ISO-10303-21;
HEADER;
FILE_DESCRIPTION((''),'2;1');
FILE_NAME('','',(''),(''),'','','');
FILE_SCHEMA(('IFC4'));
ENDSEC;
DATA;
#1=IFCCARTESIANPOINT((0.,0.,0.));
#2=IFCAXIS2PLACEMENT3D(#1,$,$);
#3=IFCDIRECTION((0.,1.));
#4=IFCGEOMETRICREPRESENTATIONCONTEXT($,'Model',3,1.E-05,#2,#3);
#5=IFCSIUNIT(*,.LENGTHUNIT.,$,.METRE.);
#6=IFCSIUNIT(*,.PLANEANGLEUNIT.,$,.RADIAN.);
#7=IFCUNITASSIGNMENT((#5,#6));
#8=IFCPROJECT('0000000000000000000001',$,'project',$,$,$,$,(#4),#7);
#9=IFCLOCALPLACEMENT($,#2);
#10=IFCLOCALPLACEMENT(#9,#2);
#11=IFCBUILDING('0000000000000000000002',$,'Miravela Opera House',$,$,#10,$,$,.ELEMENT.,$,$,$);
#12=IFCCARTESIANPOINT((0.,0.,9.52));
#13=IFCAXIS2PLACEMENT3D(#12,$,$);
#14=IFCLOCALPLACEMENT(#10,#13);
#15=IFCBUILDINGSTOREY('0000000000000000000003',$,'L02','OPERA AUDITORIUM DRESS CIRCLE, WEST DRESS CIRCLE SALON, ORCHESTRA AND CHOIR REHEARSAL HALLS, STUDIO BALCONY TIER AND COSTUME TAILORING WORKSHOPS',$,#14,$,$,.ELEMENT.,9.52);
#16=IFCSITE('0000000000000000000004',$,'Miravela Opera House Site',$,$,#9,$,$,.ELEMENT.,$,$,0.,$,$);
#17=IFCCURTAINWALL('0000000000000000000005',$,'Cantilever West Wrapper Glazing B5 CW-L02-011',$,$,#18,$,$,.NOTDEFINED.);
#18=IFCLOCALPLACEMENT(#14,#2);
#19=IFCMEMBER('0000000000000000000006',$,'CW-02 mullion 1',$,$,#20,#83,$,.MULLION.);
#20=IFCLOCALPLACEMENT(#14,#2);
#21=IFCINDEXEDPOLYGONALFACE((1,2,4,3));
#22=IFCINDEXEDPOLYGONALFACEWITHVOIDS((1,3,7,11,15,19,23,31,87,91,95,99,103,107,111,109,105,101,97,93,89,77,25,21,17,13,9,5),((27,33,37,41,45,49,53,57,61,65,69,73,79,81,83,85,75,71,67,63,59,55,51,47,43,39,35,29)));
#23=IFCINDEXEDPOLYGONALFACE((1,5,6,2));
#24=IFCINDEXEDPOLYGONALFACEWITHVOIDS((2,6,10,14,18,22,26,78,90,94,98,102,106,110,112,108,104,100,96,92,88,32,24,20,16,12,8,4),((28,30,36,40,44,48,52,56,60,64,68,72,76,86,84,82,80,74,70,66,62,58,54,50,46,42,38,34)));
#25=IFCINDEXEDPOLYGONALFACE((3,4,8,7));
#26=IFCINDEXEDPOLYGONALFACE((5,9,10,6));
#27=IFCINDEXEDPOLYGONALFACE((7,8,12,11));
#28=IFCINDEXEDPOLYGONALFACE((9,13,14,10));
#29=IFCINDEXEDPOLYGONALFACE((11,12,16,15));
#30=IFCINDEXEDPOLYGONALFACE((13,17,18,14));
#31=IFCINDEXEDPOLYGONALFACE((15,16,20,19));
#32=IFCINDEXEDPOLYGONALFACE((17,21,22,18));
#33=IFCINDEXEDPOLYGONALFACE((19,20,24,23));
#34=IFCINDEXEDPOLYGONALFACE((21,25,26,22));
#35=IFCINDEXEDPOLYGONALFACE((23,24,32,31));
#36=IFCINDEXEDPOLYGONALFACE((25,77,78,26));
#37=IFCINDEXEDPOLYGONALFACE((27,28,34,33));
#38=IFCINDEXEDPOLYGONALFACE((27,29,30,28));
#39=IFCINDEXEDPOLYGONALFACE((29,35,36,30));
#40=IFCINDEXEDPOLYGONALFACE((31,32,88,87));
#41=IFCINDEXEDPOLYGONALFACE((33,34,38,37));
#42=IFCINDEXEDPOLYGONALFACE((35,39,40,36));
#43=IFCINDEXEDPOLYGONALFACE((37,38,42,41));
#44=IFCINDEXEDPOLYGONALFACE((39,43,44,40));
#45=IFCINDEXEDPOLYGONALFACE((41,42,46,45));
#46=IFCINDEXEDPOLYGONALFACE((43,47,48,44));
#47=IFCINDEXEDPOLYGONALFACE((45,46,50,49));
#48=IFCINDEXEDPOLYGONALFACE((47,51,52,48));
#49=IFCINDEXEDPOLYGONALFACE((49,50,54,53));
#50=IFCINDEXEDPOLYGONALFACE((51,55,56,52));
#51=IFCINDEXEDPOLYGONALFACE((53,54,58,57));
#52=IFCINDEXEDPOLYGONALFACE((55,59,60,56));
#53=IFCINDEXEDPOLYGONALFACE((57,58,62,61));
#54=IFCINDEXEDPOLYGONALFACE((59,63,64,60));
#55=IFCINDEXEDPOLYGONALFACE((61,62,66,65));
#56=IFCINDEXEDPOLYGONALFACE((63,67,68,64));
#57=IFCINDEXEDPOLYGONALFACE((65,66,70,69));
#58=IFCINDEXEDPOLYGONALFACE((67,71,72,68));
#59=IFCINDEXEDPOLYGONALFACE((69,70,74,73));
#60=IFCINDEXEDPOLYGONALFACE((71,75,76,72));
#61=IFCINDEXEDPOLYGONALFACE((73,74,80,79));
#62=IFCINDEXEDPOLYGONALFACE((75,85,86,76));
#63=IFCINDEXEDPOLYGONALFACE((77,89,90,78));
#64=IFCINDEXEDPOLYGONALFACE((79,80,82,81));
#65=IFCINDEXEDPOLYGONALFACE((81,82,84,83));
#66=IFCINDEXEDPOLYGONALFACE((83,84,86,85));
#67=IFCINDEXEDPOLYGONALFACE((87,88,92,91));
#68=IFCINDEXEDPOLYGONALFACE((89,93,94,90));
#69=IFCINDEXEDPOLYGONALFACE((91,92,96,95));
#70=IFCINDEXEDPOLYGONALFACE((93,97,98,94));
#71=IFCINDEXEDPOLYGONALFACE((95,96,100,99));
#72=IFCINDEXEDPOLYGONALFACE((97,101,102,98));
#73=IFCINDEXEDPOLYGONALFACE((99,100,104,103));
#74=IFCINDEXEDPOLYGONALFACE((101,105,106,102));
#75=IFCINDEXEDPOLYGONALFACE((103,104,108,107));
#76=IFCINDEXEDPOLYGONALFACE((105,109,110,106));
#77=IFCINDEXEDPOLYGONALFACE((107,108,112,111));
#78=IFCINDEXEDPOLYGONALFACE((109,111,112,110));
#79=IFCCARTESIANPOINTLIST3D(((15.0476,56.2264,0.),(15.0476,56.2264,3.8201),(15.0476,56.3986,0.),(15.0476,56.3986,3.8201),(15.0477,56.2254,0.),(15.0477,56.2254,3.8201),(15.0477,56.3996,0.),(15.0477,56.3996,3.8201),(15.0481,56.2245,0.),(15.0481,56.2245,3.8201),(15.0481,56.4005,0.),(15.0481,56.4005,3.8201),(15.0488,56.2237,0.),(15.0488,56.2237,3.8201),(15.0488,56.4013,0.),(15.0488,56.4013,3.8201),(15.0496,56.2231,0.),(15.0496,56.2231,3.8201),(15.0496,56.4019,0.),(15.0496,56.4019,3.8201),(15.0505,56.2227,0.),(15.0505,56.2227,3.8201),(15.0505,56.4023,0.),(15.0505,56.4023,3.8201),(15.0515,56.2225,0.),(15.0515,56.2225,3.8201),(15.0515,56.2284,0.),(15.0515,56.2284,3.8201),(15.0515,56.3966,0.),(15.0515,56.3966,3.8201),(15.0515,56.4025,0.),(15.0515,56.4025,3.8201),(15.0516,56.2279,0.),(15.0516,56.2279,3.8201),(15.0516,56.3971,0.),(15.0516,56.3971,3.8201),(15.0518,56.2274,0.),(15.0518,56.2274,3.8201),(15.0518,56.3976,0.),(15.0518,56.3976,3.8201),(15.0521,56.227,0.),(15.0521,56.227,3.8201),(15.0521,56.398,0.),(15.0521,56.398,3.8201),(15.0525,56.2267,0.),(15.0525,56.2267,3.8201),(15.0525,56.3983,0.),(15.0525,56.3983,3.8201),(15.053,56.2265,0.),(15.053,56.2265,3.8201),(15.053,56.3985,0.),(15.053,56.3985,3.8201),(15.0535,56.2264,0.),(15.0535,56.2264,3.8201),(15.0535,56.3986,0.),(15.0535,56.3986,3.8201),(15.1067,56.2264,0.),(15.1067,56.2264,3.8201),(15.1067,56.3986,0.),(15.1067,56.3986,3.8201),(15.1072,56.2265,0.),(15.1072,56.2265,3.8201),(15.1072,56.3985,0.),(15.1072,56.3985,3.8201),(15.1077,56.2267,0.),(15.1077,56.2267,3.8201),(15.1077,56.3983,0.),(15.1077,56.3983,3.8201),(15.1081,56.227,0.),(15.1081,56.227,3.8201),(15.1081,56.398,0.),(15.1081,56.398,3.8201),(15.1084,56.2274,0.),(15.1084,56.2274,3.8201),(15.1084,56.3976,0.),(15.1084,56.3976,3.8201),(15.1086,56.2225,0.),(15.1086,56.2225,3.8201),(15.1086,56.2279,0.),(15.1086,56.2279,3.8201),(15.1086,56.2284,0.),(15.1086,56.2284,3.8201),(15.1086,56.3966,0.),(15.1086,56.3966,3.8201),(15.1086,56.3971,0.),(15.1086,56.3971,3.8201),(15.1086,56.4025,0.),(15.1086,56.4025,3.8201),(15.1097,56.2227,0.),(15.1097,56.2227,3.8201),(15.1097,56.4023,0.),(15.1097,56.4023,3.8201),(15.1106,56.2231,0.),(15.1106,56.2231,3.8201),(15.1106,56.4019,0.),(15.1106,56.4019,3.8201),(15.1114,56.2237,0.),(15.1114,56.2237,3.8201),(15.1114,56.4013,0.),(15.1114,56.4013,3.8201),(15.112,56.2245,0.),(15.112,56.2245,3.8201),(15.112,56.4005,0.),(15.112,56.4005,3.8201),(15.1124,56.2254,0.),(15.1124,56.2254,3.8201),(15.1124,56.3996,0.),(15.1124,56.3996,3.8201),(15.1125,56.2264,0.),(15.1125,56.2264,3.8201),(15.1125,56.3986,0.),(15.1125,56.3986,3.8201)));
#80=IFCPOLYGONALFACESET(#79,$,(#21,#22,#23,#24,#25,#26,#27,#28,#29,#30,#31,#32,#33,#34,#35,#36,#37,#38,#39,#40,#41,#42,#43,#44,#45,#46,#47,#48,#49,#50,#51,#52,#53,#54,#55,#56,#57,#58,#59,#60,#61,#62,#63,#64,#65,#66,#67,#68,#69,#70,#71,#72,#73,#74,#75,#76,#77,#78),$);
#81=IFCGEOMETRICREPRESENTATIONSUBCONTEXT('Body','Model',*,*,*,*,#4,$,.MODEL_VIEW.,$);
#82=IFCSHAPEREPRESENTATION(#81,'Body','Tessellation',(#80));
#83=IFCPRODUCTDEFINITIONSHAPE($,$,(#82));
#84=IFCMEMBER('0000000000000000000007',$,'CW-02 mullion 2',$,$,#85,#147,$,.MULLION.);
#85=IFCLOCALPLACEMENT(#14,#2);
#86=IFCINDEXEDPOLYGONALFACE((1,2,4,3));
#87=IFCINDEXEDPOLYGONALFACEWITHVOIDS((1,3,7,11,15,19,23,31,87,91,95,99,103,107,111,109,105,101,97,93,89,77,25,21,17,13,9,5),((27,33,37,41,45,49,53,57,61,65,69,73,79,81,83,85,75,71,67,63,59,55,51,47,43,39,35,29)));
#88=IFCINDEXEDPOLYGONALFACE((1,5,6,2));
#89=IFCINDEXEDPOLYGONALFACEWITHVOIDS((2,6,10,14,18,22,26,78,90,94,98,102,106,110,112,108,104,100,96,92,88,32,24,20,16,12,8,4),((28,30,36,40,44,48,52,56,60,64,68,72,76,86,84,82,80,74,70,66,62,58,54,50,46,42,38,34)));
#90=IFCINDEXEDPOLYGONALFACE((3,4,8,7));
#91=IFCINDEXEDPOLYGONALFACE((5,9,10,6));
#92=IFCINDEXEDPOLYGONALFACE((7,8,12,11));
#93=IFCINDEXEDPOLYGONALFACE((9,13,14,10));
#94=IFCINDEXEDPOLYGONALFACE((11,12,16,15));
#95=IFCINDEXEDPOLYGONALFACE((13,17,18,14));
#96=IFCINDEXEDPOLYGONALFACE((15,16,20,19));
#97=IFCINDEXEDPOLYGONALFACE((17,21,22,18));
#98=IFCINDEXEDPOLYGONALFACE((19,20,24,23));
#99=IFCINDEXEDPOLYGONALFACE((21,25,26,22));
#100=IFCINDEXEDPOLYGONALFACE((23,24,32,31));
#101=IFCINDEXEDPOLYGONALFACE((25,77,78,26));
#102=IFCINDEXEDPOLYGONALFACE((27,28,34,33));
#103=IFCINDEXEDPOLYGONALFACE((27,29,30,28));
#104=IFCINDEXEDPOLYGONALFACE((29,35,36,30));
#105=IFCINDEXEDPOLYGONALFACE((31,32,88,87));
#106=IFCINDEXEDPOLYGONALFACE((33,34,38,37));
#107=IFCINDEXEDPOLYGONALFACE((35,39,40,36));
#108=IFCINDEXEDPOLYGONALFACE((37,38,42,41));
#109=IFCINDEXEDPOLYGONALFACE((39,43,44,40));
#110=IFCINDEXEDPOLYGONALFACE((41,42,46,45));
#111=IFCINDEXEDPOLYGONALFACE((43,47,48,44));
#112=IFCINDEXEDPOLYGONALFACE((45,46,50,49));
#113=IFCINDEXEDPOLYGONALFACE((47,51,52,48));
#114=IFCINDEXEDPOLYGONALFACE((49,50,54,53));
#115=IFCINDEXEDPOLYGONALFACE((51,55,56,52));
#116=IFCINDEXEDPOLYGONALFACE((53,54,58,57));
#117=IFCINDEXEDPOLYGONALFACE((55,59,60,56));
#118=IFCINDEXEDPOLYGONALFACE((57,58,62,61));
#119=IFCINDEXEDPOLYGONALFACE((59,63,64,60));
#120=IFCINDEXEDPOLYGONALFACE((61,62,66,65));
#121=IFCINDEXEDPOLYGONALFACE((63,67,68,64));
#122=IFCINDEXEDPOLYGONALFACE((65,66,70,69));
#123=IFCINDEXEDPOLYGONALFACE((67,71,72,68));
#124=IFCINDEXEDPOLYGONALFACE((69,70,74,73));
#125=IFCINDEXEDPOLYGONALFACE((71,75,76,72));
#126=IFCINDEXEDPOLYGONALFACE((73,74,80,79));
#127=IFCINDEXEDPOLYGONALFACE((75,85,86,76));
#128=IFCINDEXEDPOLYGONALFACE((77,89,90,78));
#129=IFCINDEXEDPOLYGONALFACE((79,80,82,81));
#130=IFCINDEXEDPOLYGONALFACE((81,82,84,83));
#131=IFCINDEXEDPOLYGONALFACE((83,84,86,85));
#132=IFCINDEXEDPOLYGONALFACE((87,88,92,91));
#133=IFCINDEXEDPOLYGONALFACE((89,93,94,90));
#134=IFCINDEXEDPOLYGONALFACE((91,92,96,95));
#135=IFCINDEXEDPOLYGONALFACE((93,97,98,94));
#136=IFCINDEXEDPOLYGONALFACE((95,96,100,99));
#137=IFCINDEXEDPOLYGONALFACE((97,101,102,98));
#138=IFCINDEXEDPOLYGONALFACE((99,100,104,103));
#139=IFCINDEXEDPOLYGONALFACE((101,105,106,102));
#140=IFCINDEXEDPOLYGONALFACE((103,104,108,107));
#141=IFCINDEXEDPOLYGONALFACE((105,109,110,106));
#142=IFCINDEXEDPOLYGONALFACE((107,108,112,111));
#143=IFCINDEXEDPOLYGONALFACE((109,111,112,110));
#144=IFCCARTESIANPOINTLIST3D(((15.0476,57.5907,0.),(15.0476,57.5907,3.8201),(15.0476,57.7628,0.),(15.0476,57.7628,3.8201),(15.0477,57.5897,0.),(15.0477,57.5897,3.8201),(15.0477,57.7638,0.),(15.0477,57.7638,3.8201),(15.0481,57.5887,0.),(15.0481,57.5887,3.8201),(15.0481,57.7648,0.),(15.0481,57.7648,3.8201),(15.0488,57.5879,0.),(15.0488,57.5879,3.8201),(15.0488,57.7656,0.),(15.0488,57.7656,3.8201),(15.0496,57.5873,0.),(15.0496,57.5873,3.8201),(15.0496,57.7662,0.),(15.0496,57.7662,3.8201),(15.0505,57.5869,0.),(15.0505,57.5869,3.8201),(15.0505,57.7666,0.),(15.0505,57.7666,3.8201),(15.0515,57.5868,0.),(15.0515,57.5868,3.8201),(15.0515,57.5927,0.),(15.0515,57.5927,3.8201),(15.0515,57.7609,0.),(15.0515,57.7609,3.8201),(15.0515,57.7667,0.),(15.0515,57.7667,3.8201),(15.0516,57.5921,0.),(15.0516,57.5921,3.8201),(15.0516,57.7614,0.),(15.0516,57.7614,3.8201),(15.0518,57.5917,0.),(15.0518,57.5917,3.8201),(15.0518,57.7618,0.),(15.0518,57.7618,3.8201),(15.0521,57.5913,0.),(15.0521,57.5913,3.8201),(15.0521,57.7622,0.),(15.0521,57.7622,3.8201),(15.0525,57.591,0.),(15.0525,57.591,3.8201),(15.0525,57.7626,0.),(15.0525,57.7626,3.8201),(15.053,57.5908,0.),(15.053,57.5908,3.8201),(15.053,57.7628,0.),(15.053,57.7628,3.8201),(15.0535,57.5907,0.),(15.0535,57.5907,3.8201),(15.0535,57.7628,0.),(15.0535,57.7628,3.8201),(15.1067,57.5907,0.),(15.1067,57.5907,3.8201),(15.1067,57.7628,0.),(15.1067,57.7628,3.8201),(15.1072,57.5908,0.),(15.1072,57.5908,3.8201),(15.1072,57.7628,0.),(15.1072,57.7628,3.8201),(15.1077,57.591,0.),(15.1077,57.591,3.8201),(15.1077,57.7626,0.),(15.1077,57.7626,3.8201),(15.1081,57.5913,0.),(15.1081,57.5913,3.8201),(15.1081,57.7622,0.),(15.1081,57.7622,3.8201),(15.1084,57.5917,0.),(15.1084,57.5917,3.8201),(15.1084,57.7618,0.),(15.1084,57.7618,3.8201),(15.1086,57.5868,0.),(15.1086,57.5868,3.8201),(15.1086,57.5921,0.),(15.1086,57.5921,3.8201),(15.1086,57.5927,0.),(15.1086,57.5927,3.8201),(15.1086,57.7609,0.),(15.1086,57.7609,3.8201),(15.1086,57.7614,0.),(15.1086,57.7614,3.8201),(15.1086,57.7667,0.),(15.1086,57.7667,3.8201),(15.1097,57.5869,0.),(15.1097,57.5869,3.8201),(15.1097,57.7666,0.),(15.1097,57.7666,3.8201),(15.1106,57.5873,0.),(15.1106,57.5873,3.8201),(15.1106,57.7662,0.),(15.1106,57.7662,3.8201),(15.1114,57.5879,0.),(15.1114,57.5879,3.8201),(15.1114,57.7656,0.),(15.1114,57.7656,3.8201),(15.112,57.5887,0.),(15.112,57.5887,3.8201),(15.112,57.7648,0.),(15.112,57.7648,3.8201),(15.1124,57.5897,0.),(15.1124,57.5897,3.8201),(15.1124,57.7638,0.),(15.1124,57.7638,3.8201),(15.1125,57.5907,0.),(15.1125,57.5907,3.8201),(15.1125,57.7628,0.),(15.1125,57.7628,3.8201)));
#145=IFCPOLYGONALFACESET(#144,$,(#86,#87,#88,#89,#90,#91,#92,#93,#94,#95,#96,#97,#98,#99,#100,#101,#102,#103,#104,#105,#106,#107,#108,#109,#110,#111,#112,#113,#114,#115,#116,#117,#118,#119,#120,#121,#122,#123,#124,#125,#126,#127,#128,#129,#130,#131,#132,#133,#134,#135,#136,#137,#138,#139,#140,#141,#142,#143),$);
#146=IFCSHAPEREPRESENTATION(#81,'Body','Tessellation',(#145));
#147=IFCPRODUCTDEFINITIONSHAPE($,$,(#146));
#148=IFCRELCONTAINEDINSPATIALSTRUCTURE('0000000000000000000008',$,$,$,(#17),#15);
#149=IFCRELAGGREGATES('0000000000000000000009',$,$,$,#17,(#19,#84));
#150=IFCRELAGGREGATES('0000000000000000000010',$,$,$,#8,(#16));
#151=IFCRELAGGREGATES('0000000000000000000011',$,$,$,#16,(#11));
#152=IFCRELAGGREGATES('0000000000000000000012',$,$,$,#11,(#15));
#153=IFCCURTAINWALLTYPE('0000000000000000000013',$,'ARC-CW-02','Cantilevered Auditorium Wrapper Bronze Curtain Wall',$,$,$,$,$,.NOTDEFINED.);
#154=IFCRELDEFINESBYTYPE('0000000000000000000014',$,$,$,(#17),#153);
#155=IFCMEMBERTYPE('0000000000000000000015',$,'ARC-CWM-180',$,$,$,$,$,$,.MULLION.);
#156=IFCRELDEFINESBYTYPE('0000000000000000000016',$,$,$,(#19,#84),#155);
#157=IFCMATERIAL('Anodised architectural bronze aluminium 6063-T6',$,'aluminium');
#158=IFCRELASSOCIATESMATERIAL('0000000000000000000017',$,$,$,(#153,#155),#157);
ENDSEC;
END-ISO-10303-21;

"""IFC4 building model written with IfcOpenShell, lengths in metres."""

from ifc_helpers import new_model, si_unit, direction, frame, origin, origin_2d, place, context, subcontext, project, spatial, hollow_rectangle, extrude, material, material_profile, profile_set, type_object, element, aggregate, save


model = new_model("IFC4")

# Units and contexts
model_context = context("Model", 3, precision=1e-05, world=origin(), true_north=direction((0.0, 1.0)))
body_context = subcontext(model_context, "Body", "Model", "MODEL_VIEW")
ifc_project = project(units=[si_unit("LENGTHUNIT", "METRE"), si_unit("PLANEANGLEUNIT", "RADIAN")], contexts=[model_context])

# Site, building, storey
site_placement = place(None, origin())
site = spatial("IfcSite", under=ifc_project, at=site_placement, Name="Miravela Opera House Site", CompositionType="ELEMENT", RefElevation=0.0)
building_placement = place(site_placement, origin())
building = spatial("IfcBuilding", under=site, at=building_placement, Name="Miravela Opera House", CompositionType="ELEMENT")
storey_placement = place(building_placement, frame((0.0, 0.0, 9.52)))
storey = spatial("IfcBuildingStorey", under=building, at=storey_placement, Name="L02", Description="OPERA AUDITORIUM DRESS CIRCLE, WEST DRESS CIRCLE SALON, ORCHESTRA AND CHOIR REHEARSAL HALLS, STUDIO BALCONY TIER AND COSTUME TAILORING WORKSHOPS", CompositionType="ELEMENT", Elevation=9.52)

# Curtain wall, members
ifc_material_1 = material(Name="Anodised architectural bronze aluminium 6063-T6", Category="aluminium")
curtain_wall_type = type_object("IfcCurtainWallType", Name="ARC-CW-02", Description="Cantilevered Auditorium Wrapper Bronze Curtain Wall", PredefinedType="NOTDEFINED", material=ifc_material_1)
curtain_wall_placement = place(storey_placement, origin())
curtain_wall = element("IfcCurtainWall", 1, at=curtain_wall_placement, inside=storey, type_object=curtain_wall_type, Name="Cantilever West Wrapper Glazing B5 CW-L02-011", PredefinedType="NOTDEFINED")
ifc_material_profile_1 = material_profile(ifc_material_1, hollow_rectangle(XDim=0.0649, YDim=0.1799, WallThickness=0.0039, InnerFilletRadius=0.002, OuterFilletRadius=0.0039, at=origin_2d()), Name="CWM-65X180")
ifc_profile_set_1 = profile_set([ifc_material_profile_1])
member_type_1 = type_object("IfcMemberType", Name="ARC-CWM-180", PredefinedType="MULLION", material=ifc_profile_set_1)
member_1_placement = place(storey_placement, frame((15.0801, 56.3125, 0.0), z_axis=(0.0, 0.0, 1.0), x_axis=(-1.0, 0.0, 0.0)))
member_1 = element("IfcMember", 2, at=member_1_placement, type_object=member_type_1, Name="CW-02 mullion 1", PredefinedType="MULLION", context=body_context, shape_type="SweptSolid", body=[
    extrude(hollow_rectangle(XDim=0.0649, YDim=0.1799, WallThickness=0.0039, InnerFilletRadius=0.002, OuterFilletRadius=0.0039, at=origin_2d()), origin(), (0.0, 0.0, 1.0), 3.8201),
])
member_2_placement = place(storey_placement, frame((15.0801, 57.6768, 0.0), z_axis=(0.0, 0.0, 1.0), x_axis=(-1.0, 0.0, 0.0)))
member_2 = element("IfcMember", 3, at=member_2_placement, type_object=member_type_1, Name="CW-02 mullion 2", PredefinedType="MULLION", context=body_context, shape_type="SweptSolid", body=[
    extrude(hollow_rectangle(XDim=0.0649, YDim=0.1799, WallThickness=0.0039, InnerFilletRadius=0.002, OuterFilletRadius=0.0039, at=origin_2d()), origin(), (0.0, 0.0, 1.0), 3.8201),
])

aggregate(curtain_wall, [member_1, member_2])

save(model, "model.ifc")
